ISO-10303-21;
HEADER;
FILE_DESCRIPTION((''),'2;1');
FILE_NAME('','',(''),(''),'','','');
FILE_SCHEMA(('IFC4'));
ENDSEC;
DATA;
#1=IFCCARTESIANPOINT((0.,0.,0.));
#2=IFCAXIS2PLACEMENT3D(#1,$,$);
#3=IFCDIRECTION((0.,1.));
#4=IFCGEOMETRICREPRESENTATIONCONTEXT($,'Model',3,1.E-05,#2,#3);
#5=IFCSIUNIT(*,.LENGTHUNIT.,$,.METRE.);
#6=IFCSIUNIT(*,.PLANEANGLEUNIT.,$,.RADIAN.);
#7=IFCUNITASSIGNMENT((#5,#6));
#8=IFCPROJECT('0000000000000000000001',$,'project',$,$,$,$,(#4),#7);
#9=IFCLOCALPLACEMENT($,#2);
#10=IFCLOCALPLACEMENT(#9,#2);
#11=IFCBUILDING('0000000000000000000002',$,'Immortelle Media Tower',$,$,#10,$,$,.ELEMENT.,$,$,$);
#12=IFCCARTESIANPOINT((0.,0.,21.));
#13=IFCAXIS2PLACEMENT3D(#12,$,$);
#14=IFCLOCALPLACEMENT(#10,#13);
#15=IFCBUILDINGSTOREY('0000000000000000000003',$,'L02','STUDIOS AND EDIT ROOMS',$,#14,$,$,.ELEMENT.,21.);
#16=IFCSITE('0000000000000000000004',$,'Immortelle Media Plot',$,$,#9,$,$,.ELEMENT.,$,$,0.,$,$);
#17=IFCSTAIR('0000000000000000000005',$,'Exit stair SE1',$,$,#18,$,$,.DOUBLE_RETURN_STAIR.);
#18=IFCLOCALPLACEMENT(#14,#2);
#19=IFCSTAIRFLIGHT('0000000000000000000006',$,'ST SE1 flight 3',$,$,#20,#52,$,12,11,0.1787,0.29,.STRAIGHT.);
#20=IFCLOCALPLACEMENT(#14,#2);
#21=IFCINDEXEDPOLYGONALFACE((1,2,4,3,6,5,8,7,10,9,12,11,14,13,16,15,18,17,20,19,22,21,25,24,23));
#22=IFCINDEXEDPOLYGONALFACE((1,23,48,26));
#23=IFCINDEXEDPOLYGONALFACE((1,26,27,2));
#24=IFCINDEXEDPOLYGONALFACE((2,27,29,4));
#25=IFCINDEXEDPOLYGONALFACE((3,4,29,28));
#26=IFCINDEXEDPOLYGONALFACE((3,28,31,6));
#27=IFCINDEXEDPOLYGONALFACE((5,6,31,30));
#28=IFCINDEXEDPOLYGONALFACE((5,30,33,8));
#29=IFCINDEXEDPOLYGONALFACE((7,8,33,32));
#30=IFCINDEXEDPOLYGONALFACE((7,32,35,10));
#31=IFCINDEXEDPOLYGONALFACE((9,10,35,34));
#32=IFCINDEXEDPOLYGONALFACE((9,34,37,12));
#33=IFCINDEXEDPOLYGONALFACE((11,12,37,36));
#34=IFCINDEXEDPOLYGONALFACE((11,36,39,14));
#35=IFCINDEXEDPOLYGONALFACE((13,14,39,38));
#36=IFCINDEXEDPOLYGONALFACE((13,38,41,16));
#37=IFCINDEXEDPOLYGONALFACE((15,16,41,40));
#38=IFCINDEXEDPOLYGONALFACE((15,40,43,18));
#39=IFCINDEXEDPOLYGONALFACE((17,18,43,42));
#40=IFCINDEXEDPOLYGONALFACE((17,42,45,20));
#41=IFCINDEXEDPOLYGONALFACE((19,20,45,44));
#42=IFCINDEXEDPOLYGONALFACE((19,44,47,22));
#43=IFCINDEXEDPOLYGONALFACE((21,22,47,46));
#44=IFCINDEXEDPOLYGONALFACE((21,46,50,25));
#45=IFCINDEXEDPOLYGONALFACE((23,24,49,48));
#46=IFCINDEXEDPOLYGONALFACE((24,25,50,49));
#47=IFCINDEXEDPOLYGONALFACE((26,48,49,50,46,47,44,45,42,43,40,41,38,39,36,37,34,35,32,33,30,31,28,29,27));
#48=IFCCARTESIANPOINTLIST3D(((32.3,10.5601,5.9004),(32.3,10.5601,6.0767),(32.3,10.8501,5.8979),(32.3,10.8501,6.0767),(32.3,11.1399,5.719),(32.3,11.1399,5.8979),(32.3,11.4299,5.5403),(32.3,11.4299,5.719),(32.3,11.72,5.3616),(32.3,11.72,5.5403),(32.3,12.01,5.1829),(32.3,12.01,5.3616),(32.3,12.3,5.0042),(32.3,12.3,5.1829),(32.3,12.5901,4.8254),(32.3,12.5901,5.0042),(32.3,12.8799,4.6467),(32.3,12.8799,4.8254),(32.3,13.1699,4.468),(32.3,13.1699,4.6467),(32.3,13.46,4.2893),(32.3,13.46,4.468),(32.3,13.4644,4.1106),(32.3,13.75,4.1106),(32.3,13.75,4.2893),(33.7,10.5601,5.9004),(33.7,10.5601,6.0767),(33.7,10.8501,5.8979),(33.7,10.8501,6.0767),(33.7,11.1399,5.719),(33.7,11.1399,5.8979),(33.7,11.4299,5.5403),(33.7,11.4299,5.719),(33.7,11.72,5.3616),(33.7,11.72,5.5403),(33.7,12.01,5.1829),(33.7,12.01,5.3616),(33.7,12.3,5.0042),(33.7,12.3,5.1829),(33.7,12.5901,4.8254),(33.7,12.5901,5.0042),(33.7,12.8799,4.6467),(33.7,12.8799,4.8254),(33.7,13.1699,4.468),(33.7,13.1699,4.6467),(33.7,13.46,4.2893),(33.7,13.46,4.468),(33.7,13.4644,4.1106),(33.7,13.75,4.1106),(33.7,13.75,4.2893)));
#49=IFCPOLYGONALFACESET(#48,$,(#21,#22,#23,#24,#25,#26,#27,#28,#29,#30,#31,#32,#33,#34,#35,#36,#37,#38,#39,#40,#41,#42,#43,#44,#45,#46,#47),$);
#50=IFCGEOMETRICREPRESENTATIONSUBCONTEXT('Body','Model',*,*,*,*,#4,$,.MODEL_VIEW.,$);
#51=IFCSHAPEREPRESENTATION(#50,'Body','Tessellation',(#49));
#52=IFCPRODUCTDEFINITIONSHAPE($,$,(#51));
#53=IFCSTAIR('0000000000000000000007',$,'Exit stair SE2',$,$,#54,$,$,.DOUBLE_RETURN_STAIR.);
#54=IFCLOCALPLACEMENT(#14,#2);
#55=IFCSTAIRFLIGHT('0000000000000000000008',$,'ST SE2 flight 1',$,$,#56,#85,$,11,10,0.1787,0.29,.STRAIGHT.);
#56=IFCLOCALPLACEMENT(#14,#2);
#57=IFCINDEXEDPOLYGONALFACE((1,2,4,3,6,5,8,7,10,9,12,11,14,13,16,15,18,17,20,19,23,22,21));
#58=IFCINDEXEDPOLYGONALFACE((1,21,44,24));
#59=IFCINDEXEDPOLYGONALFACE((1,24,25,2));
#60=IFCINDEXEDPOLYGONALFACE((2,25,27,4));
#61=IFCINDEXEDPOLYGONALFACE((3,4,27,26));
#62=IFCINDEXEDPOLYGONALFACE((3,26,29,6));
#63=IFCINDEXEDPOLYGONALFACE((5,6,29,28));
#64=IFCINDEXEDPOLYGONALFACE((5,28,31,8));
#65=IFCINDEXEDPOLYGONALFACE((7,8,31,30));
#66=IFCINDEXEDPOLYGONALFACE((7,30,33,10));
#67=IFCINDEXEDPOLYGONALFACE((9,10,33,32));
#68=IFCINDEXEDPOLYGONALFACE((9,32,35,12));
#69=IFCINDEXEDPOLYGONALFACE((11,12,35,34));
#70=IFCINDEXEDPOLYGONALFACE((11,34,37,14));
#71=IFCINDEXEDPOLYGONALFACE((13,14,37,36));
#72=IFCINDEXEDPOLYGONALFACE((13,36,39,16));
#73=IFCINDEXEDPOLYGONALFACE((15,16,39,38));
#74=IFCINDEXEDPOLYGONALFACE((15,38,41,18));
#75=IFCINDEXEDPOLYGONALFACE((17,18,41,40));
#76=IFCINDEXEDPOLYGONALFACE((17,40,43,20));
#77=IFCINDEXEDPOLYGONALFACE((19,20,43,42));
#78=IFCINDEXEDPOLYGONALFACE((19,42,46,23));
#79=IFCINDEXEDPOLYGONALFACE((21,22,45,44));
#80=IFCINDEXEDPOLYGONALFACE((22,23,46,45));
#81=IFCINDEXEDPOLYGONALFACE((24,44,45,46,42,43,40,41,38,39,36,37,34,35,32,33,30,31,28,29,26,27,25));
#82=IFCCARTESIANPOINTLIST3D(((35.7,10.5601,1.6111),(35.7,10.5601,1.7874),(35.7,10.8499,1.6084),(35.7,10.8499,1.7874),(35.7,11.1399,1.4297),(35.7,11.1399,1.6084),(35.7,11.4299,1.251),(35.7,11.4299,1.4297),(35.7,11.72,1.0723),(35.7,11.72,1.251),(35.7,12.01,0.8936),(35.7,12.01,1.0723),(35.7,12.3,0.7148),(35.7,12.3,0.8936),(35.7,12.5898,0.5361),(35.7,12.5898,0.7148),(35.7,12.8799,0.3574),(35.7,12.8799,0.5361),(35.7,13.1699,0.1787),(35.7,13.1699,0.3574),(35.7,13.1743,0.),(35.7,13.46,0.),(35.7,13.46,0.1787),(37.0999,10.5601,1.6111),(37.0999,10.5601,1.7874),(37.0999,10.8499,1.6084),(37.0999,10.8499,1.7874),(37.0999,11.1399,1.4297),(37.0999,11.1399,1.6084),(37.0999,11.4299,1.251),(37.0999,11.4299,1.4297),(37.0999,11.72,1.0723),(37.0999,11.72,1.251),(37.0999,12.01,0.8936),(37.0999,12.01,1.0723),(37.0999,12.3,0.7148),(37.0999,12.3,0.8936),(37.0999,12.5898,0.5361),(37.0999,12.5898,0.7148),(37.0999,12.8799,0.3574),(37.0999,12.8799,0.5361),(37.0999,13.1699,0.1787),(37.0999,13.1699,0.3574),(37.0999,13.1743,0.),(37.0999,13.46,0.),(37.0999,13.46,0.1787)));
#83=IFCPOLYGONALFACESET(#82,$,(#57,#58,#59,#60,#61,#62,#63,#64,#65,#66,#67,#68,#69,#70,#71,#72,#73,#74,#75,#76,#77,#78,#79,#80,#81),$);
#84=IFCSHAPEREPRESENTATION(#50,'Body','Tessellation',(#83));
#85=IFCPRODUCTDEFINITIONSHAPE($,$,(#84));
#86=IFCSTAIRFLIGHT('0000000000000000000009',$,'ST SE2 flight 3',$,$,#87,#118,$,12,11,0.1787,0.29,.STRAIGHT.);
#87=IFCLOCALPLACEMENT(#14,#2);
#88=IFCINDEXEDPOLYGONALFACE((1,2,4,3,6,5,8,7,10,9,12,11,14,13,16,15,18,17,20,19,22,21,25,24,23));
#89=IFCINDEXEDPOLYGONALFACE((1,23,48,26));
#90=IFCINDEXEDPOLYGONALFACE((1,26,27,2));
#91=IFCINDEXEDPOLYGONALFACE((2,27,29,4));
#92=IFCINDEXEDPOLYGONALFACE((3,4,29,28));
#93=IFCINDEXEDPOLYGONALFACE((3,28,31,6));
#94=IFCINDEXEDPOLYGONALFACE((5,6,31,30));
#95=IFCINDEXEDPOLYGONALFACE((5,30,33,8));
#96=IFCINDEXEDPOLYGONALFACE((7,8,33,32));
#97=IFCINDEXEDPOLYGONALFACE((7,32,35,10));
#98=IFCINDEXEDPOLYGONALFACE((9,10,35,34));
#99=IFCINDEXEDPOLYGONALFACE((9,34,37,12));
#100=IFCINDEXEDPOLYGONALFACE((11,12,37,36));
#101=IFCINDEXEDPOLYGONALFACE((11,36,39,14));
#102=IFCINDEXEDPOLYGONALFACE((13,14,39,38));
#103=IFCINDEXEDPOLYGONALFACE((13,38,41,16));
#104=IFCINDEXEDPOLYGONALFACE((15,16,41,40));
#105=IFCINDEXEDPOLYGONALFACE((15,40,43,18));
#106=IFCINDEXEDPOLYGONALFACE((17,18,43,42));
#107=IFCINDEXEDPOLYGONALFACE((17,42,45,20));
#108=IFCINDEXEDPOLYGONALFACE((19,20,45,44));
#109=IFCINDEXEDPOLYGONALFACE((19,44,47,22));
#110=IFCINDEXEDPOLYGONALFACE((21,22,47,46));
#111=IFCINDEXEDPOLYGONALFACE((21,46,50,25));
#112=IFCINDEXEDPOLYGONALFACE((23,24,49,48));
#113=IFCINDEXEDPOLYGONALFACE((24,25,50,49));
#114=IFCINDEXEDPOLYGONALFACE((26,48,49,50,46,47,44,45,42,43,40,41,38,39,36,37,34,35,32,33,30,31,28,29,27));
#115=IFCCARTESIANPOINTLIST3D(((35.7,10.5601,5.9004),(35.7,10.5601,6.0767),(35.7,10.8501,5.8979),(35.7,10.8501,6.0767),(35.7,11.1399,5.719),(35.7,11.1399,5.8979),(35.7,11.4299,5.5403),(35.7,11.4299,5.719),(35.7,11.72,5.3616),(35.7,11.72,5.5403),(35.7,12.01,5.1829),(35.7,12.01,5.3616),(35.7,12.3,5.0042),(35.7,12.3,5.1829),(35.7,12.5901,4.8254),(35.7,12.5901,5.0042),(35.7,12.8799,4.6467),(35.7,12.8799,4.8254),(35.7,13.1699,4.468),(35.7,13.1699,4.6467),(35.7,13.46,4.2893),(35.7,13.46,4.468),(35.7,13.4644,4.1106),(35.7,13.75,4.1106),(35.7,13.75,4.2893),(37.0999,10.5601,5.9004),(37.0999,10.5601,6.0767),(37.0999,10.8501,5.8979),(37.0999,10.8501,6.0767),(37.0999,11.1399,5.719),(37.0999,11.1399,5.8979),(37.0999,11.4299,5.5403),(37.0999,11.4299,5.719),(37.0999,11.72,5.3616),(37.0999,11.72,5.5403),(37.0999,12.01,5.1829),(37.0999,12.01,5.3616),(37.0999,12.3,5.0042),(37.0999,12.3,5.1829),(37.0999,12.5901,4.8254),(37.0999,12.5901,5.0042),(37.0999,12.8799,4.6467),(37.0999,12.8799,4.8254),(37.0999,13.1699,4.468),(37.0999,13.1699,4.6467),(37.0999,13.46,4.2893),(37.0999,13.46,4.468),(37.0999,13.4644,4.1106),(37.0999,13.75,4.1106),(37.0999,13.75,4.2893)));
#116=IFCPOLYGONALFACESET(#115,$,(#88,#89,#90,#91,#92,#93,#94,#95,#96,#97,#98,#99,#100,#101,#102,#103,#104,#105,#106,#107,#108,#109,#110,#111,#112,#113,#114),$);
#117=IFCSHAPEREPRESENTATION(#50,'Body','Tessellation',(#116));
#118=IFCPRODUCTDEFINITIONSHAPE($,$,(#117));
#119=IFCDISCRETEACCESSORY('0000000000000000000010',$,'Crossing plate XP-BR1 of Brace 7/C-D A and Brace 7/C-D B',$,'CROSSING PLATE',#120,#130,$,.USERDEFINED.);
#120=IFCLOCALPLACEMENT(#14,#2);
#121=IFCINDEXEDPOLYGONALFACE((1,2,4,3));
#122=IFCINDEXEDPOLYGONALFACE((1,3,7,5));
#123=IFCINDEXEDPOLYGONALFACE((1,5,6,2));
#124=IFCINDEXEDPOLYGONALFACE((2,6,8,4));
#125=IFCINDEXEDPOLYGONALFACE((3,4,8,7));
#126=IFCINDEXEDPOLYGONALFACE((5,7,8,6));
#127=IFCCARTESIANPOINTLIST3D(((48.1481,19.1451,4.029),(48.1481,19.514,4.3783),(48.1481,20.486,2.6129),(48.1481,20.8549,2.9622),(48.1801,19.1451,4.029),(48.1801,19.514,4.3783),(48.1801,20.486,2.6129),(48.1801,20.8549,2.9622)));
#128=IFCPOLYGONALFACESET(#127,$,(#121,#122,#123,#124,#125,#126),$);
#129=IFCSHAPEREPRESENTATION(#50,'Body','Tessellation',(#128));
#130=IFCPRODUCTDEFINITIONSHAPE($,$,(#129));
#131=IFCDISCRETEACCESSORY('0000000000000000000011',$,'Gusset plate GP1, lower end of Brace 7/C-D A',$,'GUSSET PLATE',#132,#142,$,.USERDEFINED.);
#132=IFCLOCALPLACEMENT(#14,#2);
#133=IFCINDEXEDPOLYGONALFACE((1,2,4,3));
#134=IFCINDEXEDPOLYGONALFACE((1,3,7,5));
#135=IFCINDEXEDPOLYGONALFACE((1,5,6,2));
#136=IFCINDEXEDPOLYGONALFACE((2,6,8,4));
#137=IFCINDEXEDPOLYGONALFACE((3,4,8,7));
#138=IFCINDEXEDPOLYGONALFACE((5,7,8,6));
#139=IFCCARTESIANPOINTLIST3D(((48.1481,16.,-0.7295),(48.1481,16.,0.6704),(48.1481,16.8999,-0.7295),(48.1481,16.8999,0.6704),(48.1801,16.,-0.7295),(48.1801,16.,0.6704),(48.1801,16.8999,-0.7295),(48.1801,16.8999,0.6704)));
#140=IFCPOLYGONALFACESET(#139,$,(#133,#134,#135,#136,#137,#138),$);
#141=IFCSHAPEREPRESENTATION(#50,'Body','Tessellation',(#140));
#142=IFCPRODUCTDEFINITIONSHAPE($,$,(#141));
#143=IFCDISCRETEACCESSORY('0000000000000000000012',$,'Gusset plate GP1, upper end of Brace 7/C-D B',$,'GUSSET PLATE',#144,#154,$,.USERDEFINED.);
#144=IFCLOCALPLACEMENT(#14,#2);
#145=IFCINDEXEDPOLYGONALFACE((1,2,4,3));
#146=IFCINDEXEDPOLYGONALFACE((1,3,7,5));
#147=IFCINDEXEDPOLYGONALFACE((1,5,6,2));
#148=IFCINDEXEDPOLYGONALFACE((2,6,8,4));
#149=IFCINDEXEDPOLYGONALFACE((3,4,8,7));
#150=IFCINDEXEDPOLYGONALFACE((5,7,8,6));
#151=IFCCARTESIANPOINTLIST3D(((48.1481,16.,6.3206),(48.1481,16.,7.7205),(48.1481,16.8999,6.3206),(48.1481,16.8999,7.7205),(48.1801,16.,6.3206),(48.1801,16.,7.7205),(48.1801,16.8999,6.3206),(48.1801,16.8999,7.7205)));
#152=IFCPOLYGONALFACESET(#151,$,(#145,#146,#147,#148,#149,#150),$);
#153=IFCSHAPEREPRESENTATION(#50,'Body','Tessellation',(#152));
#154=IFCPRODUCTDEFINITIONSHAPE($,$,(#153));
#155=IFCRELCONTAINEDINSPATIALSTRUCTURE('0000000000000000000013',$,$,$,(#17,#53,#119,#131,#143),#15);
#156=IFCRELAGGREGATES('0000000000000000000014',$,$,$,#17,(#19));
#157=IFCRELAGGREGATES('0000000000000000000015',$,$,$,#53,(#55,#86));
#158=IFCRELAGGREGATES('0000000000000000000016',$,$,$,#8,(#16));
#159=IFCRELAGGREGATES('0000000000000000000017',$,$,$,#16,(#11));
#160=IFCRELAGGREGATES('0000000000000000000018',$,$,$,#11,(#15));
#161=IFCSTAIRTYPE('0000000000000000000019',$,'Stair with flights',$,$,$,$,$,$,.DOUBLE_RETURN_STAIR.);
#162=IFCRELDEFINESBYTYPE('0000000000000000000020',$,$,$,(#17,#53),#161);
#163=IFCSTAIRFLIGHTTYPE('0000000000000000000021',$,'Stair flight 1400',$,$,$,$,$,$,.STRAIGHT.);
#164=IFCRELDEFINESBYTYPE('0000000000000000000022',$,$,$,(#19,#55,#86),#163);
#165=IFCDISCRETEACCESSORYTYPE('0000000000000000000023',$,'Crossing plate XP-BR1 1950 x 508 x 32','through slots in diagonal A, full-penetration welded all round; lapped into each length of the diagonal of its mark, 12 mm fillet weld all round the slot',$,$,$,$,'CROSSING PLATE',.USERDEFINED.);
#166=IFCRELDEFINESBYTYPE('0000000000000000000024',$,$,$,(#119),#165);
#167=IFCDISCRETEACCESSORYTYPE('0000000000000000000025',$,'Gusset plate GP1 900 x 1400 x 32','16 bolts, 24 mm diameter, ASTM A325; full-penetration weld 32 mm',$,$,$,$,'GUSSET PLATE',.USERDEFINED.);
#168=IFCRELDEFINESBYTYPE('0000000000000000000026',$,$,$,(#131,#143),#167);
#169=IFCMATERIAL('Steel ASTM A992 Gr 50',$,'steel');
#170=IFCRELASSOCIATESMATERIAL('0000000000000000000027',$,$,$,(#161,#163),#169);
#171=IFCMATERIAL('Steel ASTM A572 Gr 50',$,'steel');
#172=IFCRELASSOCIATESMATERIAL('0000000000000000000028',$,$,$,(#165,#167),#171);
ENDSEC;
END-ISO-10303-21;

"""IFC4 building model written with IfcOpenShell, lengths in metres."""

from ifc_helpers import new_model, si_unit, direction, frame, origin, origin_2d, place, context, subcontext, project, spatial, polyline, rectangle, outline, extrude, material, material_profile, profile_set, type_object, element, aggregate, save


model = new_model("IFC4")

# Units and contexts
model_context = context("Model", 3, precision=1e-05, world=origin(), true_north=direction((0.0, 1.0)))
body_context = subcontext(model_context, "Body", "Model", "MODEL_VIEW")
ifc_project = project(units=[si_unit("LENGTHUNIT", "METRE"), si_unit("PLANEANGLEUNIT", "RADIAN")], contexts=[model_context])

# Site, building, storey
site_placement = place(None, origin())
site = spatial("IfcSite", under=ifc_project, at=site_placement, Name="Immortelle Media Plot", CompositionType="ELEMENT", RefElevation=0.0)
building_placement = place(site_placement, origin())
building = spatial("IfcBuilding", under=site, at=building_placement, Name="Immortelle Media Tower", CompositionType="ELEMENT")
storey_placement = place(building_placement, frame((0.0, 0.0, 21.0)))
storey = spatial("IfcBuildingStorey", under=building, at=storey_placement, Name="L02", Description="STUDIOS AND EDIT ROOMS", CompositionType="ELEMENT", Elevation=21.0)

# Shared definitions
ifc_material_1 = material(Name="Steel ASTM A992 Gr 50", Category="steel")

# Stairs, stair flights
stair_type = type_object("IfcStairType", Name="Stair with flights", PredefinedType="DOUBLE_RETURN_STAIR", material=ifc_material_1)
stair_1_placement = place(storey_placement, origin())
stair_1 = element("IfcStair", 1, at=stair_1_placement, inside=storey, type_object=stair_type, Name="Exit stair SE1", PredefinedType="DOUBLE_RETURN_STAIR")
stair_flight_type = type_object("IfcStairFlightType", Name="Stair flight 1400", PredefinedType="STRAIGHT", material=ifc_material_1)
stair_flight_1_placement = place(storey_placement, frame((33.0, 13.75, 4.1106), z_axis=(0.0, 0.0, 1.0), x_axis=(0.0, -1.0, 0.0)))
stair_flight_1 = element("IfcStairFlight", 2, at=stair_flight_1_placement, type_object=stair_flight_type, Name="ST SE1 flight 3", NumberOfRisers=12, NumberOfTreads=11, PredefinedType="STRAIGHT", RiserHeight=0.1787, TreadLength=0.29, context=body_context, shape_type="SweptSolid", body=[
    extrude(outline(polyline([(0.0, 0.0), (0.0, 0.1787), (0.29, 0.1787), (0.29, 0.3574), (0.5801, 0.3574), (0.5801, 0.5361), (0.8701, 0.5361), (0.8701, 0.7148), (1.1599, 0.7148), (1.1599, 0.8936), (1.45, 0.8936), (1.45, 1.0723), (1.74, 1.0723), (1.74, 1.251), (2.03, 1.251), (2.03, 1.4297), (2.3201, 1.4297), (2.3201, 1.6084), (2.6101, 1.6084), (2.6101, 1.7874), (2.8999, 1.7874), (2.8999, 1.9661), (3.1899, 1.9661), (3.1899, 2.1448), (3.1899, 1.7898), (0.2856, 0.0), (0.0, 0.0)])), frame((0.0, 0.7, 0.0), z_axis=(0.0, -1.0, 0.0), x_axis=(1.0, 0.0, 0.0)), (0.0, 0.0, 1.0), 1.3999),
])
aggregate(stair_1, [stair_flight_1])
stair_2_placement = place(storey_placement, origin())
stair_2 = element("IfcStair", 3, at=stair_2_placement, inside=storey, type_object=stair_type, Name="Exit stair SE2", PredefinedType="DOUBLE_RETURN_STAIR")
stair_flight_2_placement = place(storey_placement, frame((36.3999, 13.46, 0.0), z_axis=(0.0, 0.0, 1.0), x_axis=(0.0, -1.0, 0.0)))
stair_flight_2 = element("IfcStairFlight", 4, at=stair_flight_2_placement, type_object=stair_flight_type, Name="ST SE2 flight 1", NumberOfRisers=11, NumberOfTreads=10, PredefinedType="STRAIGHT", RiserHeight=0.1787, TreadLength=0.29, context=body_context, shape_type="SweptSolid", body=[
    extrude(outline(polyline([(0.0, 0.0), (0.0, 0.1787), (0.29, 0.1787), (0.29, 0.3574), (0.5801, 0.3574), (0.5801, 0.5361), (0.8701, 0.5361), (0.8701, 0.7148), (1.1599, 0.7148), (1.1599, 0.8936), (1.45, 0.8936), (1.45, 1.0723), (1.74, 1.0723), (1.74, 1.251), (2.03, 1.251), (2.03, 1.4297), (2.3201, 1.4297), (2.3201, 1.6084), (2.6101, 1.6084), (2.6101, 1.7874), (2.8999, 1.7874), (2.8999, 1.9661), (2.8999, 1.6111), (0.2856, 0.0), (0.0, 0.0)])), frame((0.0, 0.7, 0.0), z_axis=(0.0, -1.0, 0.0), x_axis=(1.0, 0.0, 0.0)), (0.0, 0.0, 1.0), 1.3999),
])
stair_flight_3_placement = place(storey_placement, frame((36.3999, 13.75, 4.1106), z_axis=(0.0, 0.0, 1.0), x_axis=(0.0, -1.0, 0.0)))
stair_flight_3 = element("IfcStairFlight", 5, at=stair_flight_3_placement, type_object=stair_flight_type, Name="ST SE2 flight 3", NumberOfRisers=12, NumberOfTreads=11, PredefinedType="STRAIGHT", RiserHeight=0.1787, TreadLength=0.29, context=body_context, shape_type="SweptSolid", body=[
    extrude(outline(polyline([(0.0, 0.0), (0.0, 0.1787), (0.29, 0.1787), (0.29, 0.3574), (0.5801, 0.3574), (0.5801, 0.5361), (0.8701, 0.5361), (0.8701, 0.7148), (1.1599, 0.7148), (1.1599, 0.8936), (1.45, 0.8936), (1.45, 1.0723), (1.74, 1.0723), (1.74, 1.251), (2.03, 1.251), (2.03, 1.4297), (2.3201, 1.4297), (2.3201, 1.6084), (2.6101, 1.6084), (2.6101, 1.7874), (2.8999, 1.7874), (2.8999, 1.9661), (3.1899, 1.9661), (3.1899, 2.1448), (3.1899, 1.7898), (0.2856, 0.0), (0.0, 0.0)])), frame((0.0, 0.7, 0.0), z_axis=(0.0, -1.0, 0.0), x_axis=(1.0, 0.0, 0.0)), (0.0, 0.0, 1.0), 1.3999),
])
aggregate(stair_2, [stair_flight_2, stair_flight_3])

# Discrete accessories
ifc_material_2 = material(Name="Steel ASTM A572 Gr 50", Category="steel")
ifc_material_profile_1 = material_profile(ifc_material_2, rectangle(XDim=0.032, YDim=0.5081, at=origin_2d()), Name="PL 32 x 508")
ifc_profile_set_1 = profile_set([ifc_material_profile_1], Name="Steel ASTM A572 Gr 50")
discrete_accessory_type_1 = type_object("IfcDiscreteAccessoryType", Name="Crossing plate XP-BR1 1950 x 508 x 32", Description="through slots in diagonal A, full-penetration welded all round; lapped into each length of the diagonal of its mark, 12 mm fillet weld all round the slot", ElementType="CROSSING PLATE", PredefinedType="USERDEFINED", material=ifc_profile_set_1)
discrete_accessory_placement = place(storey_placement, frame((48.1641, 19.3296, 4.2036), z_axis=(0.0, 0.687564, -0.726124), x_axis=(-1.0, 0.0, 0.0)))
element("IfcDiscreteAccessory", 6, at=discrete_accessory_placement, inside=storey, type_object=discrete_accessory_type_1, Name="Crossing plate XP-BR1 of Brace 7/C-D A and Brace 7/C-D B", ObjectType="CROSSING PLATE", PredefinedType="USERDEFINED", context=body_context, shape_type="SweptSolid", body=[
    extrude(rectangle(XDim=0.032, YDim=0.5081, at=origin_2d()), origin(), (0.0, 0.0, 1.0), 1.9502),
])
ifc_material_profile_2 = material_profile(ifc_material_2, rectangle(XDim=0.032, YDim=1.3999, at=origin_2d()), Name="PL 32 x 1400")
ifc_profile_set_2 = profile_set([ifc_material_profile_2], Name="Steel ASTM A572 Gr 50")
discrete_accessory_type_2 = type_object("IfcDiscreteAccessoryType", Name="Gusset plate GP1 900 x 1400 x 32", Description="16 bolts, 24 mm diameter, ASTM A325; full-penetration weld 32 mm", ElementType="GUSSET PLATE", PredefinedType="USERDEFINED", material=ifc_profile_set_2)
for number, where, z_axis, x_axis, name in (
    (7, (48.1641, 16.0, -0.0295), (0.0, 1.0, 0.0), (-1.0, 0.0, 0.0), "Gusset plate GP1, lower end of Brace 7/C-D A"),
    (8, (48.1641, 16.0, 7.0205), (0.0, 1.0, 0.0), (-1.0, 0.0, 0.0), "Gusset plate GP1, upper end of Brace 7/C-D B"),
):
    element("IfcDiscreteAccessory", number, at=place(storey_placement, frame(where, z_axis=z_axis, x_axis=x_axis)), inside=storey, type_object=discrete_accessory_type_2, Name=name, ObjectType="GUSSET PLATE", PredefinedType="USERDEFINED", context=body_context, shape_type="SweptSolid", body=[
        extrude(rectangle(XDim=0.032, YDim=1.3999, at=origin_2d()), origin(), (0.0, 0.0, 1.0), 0.8999),
    ])

save(model, "model.ifc")
